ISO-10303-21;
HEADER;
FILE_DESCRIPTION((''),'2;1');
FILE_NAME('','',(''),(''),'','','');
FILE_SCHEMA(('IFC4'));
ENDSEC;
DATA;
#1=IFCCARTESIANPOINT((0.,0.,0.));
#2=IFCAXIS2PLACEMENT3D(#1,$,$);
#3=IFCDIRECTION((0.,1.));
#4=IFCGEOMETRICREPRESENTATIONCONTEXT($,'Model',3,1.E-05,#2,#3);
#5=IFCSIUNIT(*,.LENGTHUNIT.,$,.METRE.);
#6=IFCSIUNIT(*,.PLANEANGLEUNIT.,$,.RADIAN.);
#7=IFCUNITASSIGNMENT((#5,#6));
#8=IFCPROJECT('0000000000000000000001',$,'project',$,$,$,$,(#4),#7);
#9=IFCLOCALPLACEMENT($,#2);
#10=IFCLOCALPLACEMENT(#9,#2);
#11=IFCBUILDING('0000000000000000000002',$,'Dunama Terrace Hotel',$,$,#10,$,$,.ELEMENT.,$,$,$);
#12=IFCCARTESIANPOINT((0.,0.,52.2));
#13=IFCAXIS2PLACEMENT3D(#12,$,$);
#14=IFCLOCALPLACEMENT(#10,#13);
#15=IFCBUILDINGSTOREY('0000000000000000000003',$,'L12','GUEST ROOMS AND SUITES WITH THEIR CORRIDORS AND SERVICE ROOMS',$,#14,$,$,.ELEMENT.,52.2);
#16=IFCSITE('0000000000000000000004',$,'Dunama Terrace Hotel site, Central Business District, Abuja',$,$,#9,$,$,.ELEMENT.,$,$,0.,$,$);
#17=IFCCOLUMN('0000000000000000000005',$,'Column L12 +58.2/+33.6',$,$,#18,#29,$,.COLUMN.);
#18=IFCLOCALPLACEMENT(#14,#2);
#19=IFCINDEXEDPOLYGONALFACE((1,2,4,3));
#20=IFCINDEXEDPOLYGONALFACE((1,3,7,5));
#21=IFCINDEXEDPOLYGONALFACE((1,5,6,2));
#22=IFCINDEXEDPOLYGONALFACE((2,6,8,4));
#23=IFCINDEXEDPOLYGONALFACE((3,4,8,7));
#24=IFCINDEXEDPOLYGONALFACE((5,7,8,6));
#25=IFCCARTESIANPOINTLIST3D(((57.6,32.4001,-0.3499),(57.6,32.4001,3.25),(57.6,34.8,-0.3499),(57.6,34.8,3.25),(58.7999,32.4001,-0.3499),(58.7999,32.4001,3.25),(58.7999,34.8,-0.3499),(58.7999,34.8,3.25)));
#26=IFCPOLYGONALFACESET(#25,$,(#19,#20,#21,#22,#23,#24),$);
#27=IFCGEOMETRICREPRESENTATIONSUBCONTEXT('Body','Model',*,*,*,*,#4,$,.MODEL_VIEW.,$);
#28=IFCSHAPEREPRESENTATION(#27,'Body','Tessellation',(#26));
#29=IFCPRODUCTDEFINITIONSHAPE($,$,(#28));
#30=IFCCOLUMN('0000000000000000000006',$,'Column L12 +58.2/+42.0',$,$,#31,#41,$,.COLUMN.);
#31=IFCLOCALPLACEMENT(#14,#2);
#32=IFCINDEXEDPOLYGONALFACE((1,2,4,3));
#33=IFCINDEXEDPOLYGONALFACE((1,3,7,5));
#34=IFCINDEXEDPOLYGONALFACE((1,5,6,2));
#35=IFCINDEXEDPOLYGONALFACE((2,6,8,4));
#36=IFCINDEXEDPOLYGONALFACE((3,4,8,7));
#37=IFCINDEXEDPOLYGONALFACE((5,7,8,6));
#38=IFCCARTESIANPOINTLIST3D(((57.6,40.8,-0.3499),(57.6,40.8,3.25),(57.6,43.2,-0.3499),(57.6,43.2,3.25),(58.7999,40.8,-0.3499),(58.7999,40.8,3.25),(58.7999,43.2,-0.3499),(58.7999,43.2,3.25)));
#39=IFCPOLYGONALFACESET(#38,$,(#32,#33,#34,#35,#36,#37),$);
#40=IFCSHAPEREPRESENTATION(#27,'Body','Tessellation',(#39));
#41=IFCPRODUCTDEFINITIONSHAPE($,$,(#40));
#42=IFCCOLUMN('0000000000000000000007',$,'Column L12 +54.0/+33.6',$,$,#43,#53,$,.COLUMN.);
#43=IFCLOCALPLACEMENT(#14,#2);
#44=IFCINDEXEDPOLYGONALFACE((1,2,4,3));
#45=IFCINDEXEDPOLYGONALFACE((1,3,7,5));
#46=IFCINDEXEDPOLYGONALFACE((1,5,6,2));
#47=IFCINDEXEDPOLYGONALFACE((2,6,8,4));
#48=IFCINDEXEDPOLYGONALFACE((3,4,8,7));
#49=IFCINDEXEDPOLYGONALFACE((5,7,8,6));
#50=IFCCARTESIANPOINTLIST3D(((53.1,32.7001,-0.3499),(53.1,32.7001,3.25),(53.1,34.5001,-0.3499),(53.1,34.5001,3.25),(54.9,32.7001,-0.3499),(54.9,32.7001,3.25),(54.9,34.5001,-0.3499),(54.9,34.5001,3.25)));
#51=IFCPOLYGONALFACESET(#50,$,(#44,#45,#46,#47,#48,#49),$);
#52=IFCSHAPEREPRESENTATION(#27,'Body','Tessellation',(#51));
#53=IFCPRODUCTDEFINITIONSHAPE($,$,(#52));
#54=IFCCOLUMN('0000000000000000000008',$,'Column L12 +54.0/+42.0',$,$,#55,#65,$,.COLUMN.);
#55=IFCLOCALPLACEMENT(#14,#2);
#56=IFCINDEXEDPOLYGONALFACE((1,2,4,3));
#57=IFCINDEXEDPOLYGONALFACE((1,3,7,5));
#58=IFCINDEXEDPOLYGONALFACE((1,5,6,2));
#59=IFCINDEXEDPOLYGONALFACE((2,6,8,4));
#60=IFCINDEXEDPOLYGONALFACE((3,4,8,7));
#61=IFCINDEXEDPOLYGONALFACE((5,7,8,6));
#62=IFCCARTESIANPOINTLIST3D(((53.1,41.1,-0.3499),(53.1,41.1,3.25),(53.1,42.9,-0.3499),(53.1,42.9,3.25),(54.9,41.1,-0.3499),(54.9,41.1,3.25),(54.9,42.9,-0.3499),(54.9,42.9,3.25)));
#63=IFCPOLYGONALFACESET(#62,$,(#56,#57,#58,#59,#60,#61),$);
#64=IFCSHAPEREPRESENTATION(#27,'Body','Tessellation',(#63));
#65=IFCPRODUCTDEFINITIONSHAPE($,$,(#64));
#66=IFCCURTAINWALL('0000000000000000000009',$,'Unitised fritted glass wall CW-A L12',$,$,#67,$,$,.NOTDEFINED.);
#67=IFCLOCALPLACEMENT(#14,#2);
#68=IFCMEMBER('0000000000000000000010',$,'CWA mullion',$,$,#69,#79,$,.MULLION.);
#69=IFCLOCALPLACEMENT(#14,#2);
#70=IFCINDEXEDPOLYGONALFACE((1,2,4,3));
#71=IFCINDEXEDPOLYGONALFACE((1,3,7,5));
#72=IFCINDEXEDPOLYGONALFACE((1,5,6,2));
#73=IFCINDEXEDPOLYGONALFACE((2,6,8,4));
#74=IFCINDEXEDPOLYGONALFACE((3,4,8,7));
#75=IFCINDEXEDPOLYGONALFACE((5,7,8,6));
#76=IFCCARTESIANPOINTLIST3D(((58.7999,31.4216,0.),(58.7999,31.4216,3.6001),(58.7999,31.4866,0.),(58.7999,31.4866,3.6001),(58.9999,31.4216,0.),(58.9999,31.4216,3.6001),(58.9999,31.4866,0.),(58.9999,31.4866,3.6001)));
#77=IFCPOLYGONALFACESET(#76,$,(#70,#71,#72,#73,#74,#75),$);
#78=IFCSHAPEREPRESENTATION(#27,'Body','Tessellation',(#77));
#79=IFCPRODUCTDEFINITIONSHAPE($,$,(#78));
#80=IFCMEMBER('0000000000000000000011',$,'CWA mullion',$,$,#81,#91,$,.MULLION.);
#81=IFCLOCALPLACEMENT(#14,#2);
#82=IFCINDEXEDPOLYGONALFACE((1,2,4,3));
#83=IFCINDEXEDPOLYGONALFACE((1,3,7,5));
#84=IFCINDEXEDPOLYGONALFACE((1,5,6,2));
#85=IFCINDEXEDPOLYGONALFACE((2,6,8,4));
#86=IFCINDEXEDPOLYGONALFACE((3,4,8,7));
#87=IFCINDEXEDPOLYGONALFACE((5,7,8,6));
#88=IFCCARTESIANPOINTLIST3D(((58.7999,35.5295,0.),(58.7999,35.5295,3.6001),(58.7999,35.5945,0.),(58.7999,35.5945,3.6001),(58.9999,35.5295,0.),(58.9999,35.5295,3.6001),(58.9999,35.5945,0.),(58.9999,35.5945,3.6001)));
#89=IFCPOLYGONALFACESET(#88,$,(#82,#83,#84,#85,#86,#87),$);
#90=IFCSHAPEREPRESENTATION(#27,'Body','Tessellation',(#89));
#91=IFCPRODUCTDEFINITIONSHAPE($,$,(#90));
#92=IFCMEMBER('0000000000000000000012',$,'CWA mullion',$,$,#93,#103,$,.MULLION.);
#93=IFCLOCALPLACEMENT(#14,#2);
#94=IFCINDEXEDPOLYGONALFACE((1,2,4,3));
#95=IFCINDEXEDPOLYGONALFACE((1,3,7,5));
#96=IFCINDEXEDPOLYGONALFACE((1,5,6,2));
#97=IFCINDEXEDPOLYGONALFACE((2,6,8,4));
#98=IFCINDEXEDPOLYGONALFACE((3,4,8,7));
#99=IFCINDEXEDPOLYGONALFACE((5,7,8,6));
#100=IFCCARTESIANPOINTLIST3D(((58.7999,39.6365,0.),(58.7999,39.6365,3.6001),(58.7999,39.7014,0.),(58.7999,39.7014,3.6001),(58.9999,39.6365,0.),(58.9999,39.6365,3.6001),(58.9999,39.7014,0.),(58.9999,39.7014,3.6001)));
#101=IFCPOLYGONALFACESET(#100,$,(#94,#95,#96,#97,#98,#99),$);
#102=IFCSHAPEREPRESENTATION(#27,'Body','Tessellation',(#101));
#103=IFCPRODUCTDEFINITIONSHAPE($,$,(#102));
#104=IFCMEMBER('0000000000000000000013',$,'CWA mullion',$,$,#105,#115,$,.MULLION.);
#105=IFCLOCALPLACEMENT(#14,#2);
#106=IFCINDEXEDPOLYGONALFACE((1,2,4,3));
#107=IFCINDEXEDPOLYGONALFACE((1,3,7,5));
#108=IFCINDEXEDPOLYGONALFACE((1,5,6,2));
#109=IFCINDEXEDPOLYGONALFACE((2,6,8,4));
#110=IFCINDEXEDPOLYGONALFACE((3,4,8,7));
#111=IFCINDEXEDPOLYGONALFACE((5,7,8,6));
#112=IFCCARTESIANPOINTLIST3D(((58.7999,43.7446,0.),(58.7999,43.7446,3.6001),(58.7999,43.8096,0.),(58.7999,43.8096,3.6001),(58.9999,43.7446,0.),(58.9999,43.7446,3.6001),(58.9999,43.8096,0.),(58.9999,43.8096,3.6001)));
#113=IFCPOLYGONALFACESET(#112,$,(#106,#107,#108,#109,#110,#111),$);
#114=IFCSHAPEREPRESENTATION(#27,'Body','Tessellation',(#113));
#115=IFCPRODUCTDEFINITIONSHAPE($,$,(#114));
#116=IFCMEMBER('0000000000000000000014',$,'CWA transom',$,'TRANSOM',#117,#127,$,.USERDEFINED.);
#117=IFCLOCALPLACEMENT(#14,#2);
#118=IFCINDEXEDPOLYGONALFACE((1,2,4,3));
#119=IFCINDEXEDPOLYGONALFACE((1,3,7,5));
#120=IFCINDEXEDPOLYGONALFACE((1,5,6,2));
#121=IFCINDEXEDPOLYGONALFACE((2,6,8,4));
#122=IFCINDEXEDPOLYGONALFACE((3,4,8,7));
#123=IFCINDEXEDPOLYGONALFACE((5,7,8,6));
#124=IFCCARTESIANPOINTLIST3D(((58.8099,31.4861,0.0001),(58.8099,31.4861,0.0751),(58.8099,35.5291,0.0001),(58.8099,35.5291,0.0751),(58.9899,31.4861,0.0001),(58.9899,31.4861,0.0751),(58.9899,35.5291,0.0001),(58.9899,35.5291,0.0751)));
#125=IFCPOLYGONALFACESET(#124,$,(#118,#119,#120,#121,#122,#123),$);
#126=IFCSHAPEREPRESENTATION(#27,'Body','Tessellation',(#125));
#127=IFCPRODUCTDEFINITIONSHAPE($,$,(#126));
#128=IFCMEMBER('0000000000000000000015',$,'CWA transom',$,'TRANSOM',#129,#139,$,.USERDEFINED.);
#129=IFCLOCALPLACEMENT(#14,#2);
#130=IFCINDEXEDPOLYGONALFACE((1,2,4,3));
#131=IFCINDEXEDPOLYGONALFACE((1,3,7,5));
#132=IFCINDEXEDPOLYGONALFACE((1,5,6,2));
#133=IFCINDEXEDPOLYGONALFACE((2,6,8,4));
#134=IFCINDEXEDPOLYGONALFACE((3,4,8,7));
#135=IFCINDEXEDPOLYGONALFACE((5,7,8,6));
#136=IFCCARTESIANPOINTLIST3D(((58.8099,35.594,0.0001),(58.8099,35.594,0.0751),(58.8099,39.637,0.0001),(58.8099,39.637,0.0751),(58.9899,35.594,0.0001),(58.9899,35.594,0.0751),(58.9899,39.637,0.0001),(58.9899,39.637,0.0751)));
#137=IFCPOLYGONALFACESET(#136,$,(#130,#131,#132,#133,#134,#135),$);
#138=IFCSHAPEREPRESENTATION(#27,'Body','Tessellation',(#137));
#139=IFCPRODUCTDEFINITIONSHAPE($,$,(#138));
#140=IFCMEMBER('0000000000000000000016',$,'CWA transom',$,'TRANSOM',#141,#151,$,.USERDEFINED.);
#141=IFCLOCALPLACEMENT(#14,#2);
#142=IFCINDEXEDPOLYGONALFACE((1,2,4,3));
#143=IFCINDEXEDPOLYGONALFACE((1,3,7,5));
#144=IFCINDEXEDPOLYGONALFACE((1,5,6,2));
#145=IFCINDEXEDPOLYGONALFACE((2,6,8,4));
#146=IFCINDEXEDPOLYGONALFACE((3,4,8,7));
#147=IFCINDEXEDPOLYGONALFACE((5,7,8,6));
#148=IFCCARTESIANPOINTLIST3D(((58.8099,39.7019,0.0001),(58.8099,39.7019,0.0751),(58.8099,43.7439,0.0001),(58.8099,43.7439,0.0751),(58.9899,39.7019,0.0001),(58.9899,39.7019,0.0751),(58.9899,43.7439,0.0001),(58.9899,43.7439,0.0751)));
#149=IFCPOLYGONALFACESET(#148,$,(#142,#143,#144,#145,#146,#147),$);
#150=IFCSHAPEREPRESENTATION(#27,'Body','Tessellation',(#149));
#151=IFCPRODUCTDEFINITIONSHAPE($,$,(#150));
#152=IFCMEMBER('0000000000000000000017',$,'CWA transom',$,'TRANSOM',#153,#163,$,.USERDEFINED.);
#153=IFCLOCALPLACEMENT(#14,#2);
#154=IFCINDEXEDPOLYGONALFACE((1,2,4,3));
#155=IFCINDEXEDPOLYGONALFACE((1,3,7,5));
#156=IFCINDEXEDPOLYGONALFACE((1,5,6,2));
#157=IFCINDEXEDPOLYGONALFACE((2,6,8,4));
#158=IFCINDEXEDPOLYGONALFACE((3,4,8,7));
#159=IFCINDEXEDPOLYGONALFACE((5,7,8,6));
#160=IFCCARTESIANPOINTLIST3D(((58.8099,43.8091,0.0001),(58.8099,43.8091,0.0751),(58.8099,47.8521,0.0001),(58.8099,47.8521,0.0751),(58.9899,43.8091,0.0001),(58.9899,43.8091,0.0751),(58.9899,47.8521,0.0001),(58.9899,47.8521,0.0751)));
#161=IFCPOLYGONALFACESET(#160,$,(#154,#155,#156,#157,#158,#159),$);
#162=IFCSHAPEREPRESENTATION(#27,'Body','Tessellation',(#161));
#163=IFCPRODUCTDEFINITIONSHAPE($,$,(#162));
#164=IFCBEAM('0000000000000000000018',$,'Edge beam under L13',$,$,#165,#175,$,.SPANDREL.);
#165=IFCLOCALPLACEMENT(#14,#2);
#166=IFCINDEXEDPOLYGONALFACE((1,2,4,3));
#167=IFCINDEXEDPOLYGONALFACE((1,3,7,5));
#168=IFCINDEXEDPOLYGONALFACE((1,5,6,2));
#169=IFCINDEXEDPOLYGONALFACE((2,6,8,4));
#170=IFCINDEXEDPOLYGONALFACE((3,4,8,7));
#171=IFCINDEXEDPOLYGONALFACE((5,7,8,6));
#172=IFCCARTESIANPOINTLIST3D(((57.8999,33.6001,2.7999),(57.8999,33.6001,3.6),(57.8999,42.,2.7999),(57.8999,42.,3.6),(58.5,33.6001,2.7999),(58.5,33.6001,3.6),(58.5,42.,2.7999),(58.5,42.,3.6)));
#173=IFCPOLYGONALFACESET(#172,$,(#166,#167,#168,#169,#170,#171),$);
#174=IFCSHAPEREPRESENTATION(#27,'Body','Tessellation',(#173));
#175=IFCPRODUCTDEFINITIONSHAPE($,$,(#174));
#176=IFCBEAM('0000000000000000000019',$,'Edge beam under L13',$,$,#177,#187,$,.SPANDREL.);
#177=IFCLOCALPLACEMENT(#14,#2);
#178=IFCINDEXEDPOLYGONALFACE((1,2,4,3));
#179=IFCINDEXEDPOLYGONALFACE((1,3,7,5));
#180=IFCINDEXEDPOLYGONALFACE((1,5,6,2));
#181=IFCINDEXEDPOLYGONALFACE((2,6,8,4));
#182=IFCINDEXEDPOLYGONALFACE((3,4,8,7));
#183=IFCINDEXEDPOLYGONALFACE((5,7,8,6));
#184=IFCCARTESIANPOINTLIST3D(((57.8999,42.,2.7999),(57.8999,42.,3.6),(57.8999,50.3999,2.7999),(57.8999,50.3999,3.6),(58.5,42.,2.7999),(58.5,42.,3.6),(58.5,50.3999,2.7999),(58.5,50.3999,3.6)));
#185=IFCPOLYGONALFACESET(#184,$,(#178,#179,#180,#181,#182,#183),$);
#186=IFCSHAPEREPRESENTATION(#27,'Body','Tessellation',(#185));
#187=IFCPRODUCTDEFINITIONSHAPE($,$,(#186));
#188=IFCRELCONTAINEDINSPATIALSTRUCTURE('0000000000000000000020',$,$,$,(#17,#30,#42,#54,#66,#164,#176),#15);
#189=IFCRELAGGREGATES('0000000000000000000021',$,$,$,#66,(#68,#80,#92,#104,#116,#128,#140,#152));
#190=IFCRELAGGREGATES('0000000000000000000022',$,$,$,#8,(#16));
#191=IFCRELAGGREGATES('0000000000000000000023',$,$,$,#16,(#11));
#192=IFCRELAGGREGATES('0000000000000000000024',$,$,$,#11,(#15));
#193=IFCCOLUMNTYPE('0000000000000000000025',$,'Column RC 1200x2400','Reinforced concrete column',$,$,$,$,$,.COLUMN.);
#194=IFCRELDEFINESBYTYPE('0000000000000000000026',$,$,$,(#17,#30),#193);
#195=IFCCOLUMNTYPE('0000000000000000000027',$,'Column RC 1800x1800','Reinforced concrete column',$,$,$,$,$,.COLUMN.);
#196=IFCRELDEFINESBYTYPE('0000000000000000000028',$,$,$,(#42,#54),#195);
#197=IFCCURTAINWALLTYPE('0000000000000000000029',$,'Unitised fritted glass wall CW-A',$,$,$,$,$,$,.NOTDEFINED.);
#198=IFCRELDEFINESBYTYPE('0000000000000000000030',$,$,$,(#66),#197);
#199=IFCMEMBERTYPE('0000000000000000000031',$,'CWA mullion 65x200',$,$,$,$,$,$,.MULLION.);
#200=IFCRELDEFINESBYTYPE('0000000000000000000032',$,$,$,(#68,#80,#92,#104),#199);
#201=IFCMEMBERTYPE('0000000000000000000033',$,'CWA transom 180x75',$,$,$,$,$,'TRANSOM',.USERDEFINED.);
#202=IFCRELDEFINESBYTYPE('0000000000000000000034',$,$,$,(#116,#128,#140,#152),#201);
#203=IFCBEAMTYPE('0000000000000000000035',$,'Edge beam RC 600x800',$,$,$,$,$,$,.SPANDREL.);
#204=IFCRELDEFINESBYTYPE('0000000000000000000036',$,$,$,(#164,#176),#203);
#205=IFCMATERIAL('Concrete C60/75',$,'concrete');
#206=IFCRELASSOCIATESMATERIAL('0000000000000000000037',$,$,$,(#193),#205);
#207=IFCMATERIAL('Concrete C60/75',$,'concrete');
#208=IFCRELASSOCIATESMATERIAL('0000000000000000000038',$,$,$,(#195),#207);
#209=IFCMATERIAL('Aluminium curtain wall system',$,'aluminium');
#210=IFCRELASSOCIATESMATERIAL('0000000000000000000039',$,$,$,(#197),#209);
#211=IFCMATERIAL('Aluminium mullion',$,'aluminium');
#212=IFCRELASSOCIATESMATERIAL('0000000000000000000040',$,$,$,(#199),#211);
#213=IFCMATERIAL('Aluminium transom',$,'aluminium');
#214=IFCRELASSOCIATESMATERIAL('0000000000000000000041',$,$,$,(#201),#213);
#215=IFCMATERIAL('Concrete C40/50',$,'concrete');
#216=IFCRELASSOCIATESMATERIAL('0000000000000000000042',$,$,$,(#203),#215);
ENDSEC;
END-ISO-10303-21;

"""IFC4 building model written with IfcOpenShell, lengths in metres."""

from ifc_helpers import new_model, si_unit, direction, frame, origin, origin_2d, place, context, subcontext, project, spatial, rectangle, extrude, material, material_profile, profile_set, type_object, element, aggregate, save


model = new_model("IFC4")

# Units and contexts
model_context = context("Model", 3, precision=1e-05, world=origin(), true_north=direction((0.0, 1.0)))
body_context = subcontext(model_context, "Body", "Model", "MODEL_VIEW")
ifc_project = project(units=[si_unit("LENGTHUNIT", "METRE"), si_unit("PLANEANGLEUNIT", "RADIAN")], contexts=[model_context])

# Site, building, storey
site_placement = place(None, origin())
site = spatial("IfcSite", under=ifc_project, at=site_placement, Name="Dunama Terrace Hotel site, Central Business District, Abuja", CompositionType="ELEMENT", RefElevation=0.0)
building_placement = place(site_placement, origin())
building = spatial("IfcBuilding", under=site, at=building_placement, Name="Dunama Terrace Hotel", CompositionType="ELEMENT")
storey_placement = place(building_placement, frame((0.0, 0.0, 52.2)))
storey = spatial("IfcBuildingStorey", under=building, at=storey_placement, Name="L12", Description="GUEST ROOMS AND SUITES WITH THEIR CORRIDORS AND SERVICE ROOMS", CompositionType="ELEMENT", Elevation=52.2)

# Columns
ifc_material_1 = material(Name="Concrete C60/75", Category="concrete")
ifc_material_profile_1 = material_profile(ifc_material_1, rectangle(XDim=1.2, YDim=2.3999, at=origin_2d()), Name="RC 1200x2400")
ifc_profile_set_1 = profile_set([ifc_material_profile_1], Name="Concrete C60/75")
column_type_1 = type_object("IfcColumnType", Name="Column RC 1200x2400", Description="Reinforced concrete column", PredefinedType="COLUMN", material=ifc_profile_set_1)
for number, where, z_axis, x_axis, name in (
    (1, (58.2, 33.6001, -0.3499), (0.0, 0.0, 1.0), (1.0, 0.0, 0.0), "Column L12 +58.2/+33.6"),
    (2, (58.2, 42.0, -0.3499), (0.0, 0.0, 1.0), (1.0, 0.0, 0.0), "Column L12 +58.2/+42.0"),
):
    element("IfcColumn", number, at=place(storey_placement, frame(where, z_axis=z_axis, x_axis=x_axis)), inside=storey, type_object=column_type_1, Name=name, PredefinedType="COLUMN", context=body_context, shape_type="SweptSolid", body=[
        extrude(rectangle(XDim=1.2, YDim=2.3999, at=origin_2d()), origin(), (0.0, 0.0, 1.0), 3.5999),
    ])
ifc_material_2 = material(Name="Concrete C60/75", Category="concrete")
ifc_material_profile_2 = material_profile(ifc_material_2, rectangle(XDim=1.8, YDim=1.8, at=origin_2d()), Name="RC 1800x1800")
ifc_profile_set_2 = profile_set([ifc_material_profile_2], Name="Concrete C60/75")
column_type_2 = type_object("IfcColumnType", Name="Column RC 1800x1800", Description="Reinforced concrete column", PredefinedType="COLUMN", material=ifc_profile_set_2)
for number, where, z_axis, x_axis, name in (
    (3, (54.0, 33.6001, -0.3499), (0.0, 0.0, 1.0), (1.0, 0.0, 0.0), "Column L12 +54.0/+33.6"),
    (4, (54.0, 42.0, -0.3499), (0.0, 0.0, 1.0), (1.0, 0.0, 0.0), "Column L12 +54.0/+42.0"),
):
    element("IfcColumn", number, at=place(storey_placement, frame(where, z_axis=z_axis, x_axis=x_axis)), inside=storey, type_object=column_type_2, Name=name, PredefinedType="COLUMN", context=body_context, shape_type="SweptSolid", body=[
        extrude(rectangle(XDim=1.8, YDim=1.8, at=origin_2d()), origin(), (0.0, 0.0, 1.0), 3.5999),
    ])

# Curtain wall, members
ifc_material_3 = material(Name="Aluminium curtain wall system", Category="aluminium")
curtain_wall_type = type_object("IfcCurtainWallType", Name="Unitised fritted glass wall CW-A", PredefinedType="NOTDEFINED", material=ifc_material_3)
curtain_wall_placement = place(storey_placement, origin())
curtain_wall = element("IfcCurtainWall", 5, at=curtain_wall_placement, inside=storey, type_object=curtain_wall_type, Name="Unitised fritted glass wall CW-A L12", PredefinedType="NOTDEFINED")
ifc_material_4 = material(Name="Aluminium mullion", Category="aluminium")
ifc_material_profile_3 = material_profile(ifc_material_4, rectangle(XDim=0.0649, YDim=0.2, at=origin_2d()), Name="CWA MULLION 65X200")
ifc_profile_set_3 = profile_set([ifc_material_profile_3], Name="Aluminium mullion")
member_type_1 = type_object("IfcMemberType", Name="CWA mullion 65x200", PredefinedType="MULLION", material=ifc_profile_set_3)
member_1_placement = place(storey_placement, frame((58.8999, 31.4541, 0.0), z_axis=(0.0, 0.0, 1.0), x_axis=(0.0, 1.0, 0.0)))
member_1 = element("IfcMember", 6, at=member_1_placement, type_object=member_type_1, Name="CWA mullion", PredefinedType="MULLION", context=body_context, shape_type="SweptSolid", body=[
    extrude(rectangle(XDim=0.0649, YDim=0.2, at=origin_2d()), origin(), (0.0, 0.0, 1.0), 3.6001),
])
member_2_placement = place(storey_placement, frame((58.8999, 35.562, 0.0), z_axis=(0.0, 0.0, 1.0), x_axis=(0.0, 1.0, 0.0)))
member_2 = element("IfcMember", 7, at=member_2_placement, type_object=member_type_1, Name="CWA mullion", PredefinedType="MULLION", context=body_context, shape_type="SweptSolid", body=[
    extrude(rectangle(XDim=0.0649, YDim=0.2, at=origin_2d()), origin(), (0.0, 0.0, 1.0), 3.6001),
])
member_3_placement = place(storey_placement, frame((58.8999, 39.6689, 0.0), z_axis=(0.0, 0.0, 1.0), x_axis=(0.0, 1.0, 0.0)))
member_3 = element("IfcMember", 8, at=member_3_placement, type_object=member_type_1, Name="CWA mullion", PredefinedType="MULLION", context=body_context, shape_type="SweptSolid", body=[
    extrude(rectangle(XDim=0.0649, YDim=0.2, at=origin_2d()), origin(), (0.0, 0.0, 1.0), 3.6001),
])
member_4_placement = place(storey_placement, frame((58.8999, 43.7771, 0.0), z_axis=(0.0, 0.0, 1.0), x_axis=(0.0, 1.0, 0.0)))
member_4 = element("IfcMember", 9, at=member_4_placement, type_object=member_type_1, Name="CWA mullion", PredefinedType="MULLION", context=body_context, shape_type="SweptSolid", body=[
    extrude(rectangle(XDim=0.0649, YDim=0.2, at=origin_2d()), origin(), (0.0, 0.0, 1.0), 3.6001),
])
ifc_material_5 = material(Name="Aluminium transom", Category="aluminium")
ifc_material_profile_4 = material_profile(ifc_material_5, rectangle(XDim=0.1799, YDim=0.075, at=origin_2d()), Name="CWA TRANSOM 180X75")
ifc_profile_set_4 = profile_set([ifc_material_profile_4], Name="Aluminium transom")
member_type_2 = type_object("IfcMemberType", Name="CWA transom 180x75", ElementType="TRANSOM", PredefinedType="USERDEFINED", material=ifc_profile_set_4)
member_5_placement = place(storey_placement, frame((58.8999, 31.4861, 0.0376), z_axis=(0.0, 1.0, 0.0), x_axis=(-1.0, 0.0, 0.0)))
member_5 = element("IfcMember", 10, at=member_5_placement, type_object=member_type_2, Name="CWA transom", ObjectType="TRANSOM", PredefinedType="USERDEFINED", context=body_context, shape_type="SweptSolid", body=[
    extrude(rectangle(XDim=0.1799, YDim=0.075, at=origin_2d()), origin(), (0.0, 0.0, 1.0), 4.043),
])
member_6_placement = place(storey_placement, frame((58.8999, 35.594, 0.0376), z_axis=(0.0, 1.0, 0.0), x_axis=(-1.0, 0.0, 0.0)))
member_6 = element("IfcMember", 11, at=member_6_placement, type_object=member_type_2, Name="CWA transom", ObjectType="TRANSOM", PredefinedType="USERDEFINED", context=body_context, shape_type="SweptSolid", body=[
    extrude(rectangle(XDim=0.1799, YDim=0.075, at=origin_2d()), origin(), (0.0, 0.0, 1.0), 4.043),
])
member_7_placement = place(storey_placement, frame((58.8999, 39.7019, 0.0376), z_axis=(0.0, 1.0, 0.0), x_axis=(-1.0, 0.0, 0.0)))
member_7 = element("IfcMember", 12, at=member_7_placement, type_object=member_type_2, Name="CWA transom", ObjectType="TRANSOM", PredefinedType="USERDEFINED", context=body_context, shape_type="SweptSolid", body=[
    extrude(rectangle(XDim=0.1799, YDim=0.075, at=origin_2d()), origin(), (0.0, 0.0, 1.0), 4.042),
])
member_8_placement = place(storey_placement, frame((58.8999, 43.8091, 0.0376), z_axis=(0.0, 1.0, 0.0), x_axis=(-1.0, 0.0, 0.0)))
member_8 = element("IfcMember", 13, at=member_8_placement, type_object=member_type_2, Name="CWA transom", ObjectType="TRANSOM", PredefinedType="USERDEFINED", context=body_context, shape_type="SweptSolid", body=[
    extrude(rectangle(XDim=0.1799, YDim=0.075, at=origin_2d()), origin(), (0.0, 0.0, 1.0), 4.043),
])

# Beams
ifc_material_6 = material(Name="Concrete C40/50", Category="concrete")
ifc_material_profile_5 = material_profile(ifc_material_6, rectangle(XDim=0.6001, YDim=0.8, at=origin_2d()), Name="RC 600x800")
ifc_profile_set_5 = profile_set([ifc_material_profile_5], Name="Concrete C40/50")
beam_type = type_object("IfcBeamType", Name="Edge beam RC 600x800", PredefinedType="SPANDREL", material=ifc_profile_set_5)
for number, where, z_axis, x_axis, name in (
    (14, (58.2, 33.6001, 3.2), (0.0, 1.0, 0.0), (-1.0, 0.0, 0.0), "Edge beam under L13"),
    (15, (58.2, 42.0, 3.2), (0.0, 1.0, 0.0), (-1.0, 0.0, 0.0), "Edge beam under L13"),
):
    element("IfcBeam", number, at=place(storey_placement, frame(where, z_axis=z_axis, x_axis=x_axis)), inside=storey, type_object=beam_type, Name=name, PredefinedType="SPANDREL", context=body_context, shape_type="SweptSolid", body=[
        extrude(rectangle(XDim=0.6001, YDim=0.8, at=origin_2d()), origin(), (0.0, 0.0, 1.0), 8.3999),
    ])

aggregate(curtain_wall, [member_1, member_2, member_3, member_4, member_5, member_6, member_7, member_8])

save(model, "model.ifc")
